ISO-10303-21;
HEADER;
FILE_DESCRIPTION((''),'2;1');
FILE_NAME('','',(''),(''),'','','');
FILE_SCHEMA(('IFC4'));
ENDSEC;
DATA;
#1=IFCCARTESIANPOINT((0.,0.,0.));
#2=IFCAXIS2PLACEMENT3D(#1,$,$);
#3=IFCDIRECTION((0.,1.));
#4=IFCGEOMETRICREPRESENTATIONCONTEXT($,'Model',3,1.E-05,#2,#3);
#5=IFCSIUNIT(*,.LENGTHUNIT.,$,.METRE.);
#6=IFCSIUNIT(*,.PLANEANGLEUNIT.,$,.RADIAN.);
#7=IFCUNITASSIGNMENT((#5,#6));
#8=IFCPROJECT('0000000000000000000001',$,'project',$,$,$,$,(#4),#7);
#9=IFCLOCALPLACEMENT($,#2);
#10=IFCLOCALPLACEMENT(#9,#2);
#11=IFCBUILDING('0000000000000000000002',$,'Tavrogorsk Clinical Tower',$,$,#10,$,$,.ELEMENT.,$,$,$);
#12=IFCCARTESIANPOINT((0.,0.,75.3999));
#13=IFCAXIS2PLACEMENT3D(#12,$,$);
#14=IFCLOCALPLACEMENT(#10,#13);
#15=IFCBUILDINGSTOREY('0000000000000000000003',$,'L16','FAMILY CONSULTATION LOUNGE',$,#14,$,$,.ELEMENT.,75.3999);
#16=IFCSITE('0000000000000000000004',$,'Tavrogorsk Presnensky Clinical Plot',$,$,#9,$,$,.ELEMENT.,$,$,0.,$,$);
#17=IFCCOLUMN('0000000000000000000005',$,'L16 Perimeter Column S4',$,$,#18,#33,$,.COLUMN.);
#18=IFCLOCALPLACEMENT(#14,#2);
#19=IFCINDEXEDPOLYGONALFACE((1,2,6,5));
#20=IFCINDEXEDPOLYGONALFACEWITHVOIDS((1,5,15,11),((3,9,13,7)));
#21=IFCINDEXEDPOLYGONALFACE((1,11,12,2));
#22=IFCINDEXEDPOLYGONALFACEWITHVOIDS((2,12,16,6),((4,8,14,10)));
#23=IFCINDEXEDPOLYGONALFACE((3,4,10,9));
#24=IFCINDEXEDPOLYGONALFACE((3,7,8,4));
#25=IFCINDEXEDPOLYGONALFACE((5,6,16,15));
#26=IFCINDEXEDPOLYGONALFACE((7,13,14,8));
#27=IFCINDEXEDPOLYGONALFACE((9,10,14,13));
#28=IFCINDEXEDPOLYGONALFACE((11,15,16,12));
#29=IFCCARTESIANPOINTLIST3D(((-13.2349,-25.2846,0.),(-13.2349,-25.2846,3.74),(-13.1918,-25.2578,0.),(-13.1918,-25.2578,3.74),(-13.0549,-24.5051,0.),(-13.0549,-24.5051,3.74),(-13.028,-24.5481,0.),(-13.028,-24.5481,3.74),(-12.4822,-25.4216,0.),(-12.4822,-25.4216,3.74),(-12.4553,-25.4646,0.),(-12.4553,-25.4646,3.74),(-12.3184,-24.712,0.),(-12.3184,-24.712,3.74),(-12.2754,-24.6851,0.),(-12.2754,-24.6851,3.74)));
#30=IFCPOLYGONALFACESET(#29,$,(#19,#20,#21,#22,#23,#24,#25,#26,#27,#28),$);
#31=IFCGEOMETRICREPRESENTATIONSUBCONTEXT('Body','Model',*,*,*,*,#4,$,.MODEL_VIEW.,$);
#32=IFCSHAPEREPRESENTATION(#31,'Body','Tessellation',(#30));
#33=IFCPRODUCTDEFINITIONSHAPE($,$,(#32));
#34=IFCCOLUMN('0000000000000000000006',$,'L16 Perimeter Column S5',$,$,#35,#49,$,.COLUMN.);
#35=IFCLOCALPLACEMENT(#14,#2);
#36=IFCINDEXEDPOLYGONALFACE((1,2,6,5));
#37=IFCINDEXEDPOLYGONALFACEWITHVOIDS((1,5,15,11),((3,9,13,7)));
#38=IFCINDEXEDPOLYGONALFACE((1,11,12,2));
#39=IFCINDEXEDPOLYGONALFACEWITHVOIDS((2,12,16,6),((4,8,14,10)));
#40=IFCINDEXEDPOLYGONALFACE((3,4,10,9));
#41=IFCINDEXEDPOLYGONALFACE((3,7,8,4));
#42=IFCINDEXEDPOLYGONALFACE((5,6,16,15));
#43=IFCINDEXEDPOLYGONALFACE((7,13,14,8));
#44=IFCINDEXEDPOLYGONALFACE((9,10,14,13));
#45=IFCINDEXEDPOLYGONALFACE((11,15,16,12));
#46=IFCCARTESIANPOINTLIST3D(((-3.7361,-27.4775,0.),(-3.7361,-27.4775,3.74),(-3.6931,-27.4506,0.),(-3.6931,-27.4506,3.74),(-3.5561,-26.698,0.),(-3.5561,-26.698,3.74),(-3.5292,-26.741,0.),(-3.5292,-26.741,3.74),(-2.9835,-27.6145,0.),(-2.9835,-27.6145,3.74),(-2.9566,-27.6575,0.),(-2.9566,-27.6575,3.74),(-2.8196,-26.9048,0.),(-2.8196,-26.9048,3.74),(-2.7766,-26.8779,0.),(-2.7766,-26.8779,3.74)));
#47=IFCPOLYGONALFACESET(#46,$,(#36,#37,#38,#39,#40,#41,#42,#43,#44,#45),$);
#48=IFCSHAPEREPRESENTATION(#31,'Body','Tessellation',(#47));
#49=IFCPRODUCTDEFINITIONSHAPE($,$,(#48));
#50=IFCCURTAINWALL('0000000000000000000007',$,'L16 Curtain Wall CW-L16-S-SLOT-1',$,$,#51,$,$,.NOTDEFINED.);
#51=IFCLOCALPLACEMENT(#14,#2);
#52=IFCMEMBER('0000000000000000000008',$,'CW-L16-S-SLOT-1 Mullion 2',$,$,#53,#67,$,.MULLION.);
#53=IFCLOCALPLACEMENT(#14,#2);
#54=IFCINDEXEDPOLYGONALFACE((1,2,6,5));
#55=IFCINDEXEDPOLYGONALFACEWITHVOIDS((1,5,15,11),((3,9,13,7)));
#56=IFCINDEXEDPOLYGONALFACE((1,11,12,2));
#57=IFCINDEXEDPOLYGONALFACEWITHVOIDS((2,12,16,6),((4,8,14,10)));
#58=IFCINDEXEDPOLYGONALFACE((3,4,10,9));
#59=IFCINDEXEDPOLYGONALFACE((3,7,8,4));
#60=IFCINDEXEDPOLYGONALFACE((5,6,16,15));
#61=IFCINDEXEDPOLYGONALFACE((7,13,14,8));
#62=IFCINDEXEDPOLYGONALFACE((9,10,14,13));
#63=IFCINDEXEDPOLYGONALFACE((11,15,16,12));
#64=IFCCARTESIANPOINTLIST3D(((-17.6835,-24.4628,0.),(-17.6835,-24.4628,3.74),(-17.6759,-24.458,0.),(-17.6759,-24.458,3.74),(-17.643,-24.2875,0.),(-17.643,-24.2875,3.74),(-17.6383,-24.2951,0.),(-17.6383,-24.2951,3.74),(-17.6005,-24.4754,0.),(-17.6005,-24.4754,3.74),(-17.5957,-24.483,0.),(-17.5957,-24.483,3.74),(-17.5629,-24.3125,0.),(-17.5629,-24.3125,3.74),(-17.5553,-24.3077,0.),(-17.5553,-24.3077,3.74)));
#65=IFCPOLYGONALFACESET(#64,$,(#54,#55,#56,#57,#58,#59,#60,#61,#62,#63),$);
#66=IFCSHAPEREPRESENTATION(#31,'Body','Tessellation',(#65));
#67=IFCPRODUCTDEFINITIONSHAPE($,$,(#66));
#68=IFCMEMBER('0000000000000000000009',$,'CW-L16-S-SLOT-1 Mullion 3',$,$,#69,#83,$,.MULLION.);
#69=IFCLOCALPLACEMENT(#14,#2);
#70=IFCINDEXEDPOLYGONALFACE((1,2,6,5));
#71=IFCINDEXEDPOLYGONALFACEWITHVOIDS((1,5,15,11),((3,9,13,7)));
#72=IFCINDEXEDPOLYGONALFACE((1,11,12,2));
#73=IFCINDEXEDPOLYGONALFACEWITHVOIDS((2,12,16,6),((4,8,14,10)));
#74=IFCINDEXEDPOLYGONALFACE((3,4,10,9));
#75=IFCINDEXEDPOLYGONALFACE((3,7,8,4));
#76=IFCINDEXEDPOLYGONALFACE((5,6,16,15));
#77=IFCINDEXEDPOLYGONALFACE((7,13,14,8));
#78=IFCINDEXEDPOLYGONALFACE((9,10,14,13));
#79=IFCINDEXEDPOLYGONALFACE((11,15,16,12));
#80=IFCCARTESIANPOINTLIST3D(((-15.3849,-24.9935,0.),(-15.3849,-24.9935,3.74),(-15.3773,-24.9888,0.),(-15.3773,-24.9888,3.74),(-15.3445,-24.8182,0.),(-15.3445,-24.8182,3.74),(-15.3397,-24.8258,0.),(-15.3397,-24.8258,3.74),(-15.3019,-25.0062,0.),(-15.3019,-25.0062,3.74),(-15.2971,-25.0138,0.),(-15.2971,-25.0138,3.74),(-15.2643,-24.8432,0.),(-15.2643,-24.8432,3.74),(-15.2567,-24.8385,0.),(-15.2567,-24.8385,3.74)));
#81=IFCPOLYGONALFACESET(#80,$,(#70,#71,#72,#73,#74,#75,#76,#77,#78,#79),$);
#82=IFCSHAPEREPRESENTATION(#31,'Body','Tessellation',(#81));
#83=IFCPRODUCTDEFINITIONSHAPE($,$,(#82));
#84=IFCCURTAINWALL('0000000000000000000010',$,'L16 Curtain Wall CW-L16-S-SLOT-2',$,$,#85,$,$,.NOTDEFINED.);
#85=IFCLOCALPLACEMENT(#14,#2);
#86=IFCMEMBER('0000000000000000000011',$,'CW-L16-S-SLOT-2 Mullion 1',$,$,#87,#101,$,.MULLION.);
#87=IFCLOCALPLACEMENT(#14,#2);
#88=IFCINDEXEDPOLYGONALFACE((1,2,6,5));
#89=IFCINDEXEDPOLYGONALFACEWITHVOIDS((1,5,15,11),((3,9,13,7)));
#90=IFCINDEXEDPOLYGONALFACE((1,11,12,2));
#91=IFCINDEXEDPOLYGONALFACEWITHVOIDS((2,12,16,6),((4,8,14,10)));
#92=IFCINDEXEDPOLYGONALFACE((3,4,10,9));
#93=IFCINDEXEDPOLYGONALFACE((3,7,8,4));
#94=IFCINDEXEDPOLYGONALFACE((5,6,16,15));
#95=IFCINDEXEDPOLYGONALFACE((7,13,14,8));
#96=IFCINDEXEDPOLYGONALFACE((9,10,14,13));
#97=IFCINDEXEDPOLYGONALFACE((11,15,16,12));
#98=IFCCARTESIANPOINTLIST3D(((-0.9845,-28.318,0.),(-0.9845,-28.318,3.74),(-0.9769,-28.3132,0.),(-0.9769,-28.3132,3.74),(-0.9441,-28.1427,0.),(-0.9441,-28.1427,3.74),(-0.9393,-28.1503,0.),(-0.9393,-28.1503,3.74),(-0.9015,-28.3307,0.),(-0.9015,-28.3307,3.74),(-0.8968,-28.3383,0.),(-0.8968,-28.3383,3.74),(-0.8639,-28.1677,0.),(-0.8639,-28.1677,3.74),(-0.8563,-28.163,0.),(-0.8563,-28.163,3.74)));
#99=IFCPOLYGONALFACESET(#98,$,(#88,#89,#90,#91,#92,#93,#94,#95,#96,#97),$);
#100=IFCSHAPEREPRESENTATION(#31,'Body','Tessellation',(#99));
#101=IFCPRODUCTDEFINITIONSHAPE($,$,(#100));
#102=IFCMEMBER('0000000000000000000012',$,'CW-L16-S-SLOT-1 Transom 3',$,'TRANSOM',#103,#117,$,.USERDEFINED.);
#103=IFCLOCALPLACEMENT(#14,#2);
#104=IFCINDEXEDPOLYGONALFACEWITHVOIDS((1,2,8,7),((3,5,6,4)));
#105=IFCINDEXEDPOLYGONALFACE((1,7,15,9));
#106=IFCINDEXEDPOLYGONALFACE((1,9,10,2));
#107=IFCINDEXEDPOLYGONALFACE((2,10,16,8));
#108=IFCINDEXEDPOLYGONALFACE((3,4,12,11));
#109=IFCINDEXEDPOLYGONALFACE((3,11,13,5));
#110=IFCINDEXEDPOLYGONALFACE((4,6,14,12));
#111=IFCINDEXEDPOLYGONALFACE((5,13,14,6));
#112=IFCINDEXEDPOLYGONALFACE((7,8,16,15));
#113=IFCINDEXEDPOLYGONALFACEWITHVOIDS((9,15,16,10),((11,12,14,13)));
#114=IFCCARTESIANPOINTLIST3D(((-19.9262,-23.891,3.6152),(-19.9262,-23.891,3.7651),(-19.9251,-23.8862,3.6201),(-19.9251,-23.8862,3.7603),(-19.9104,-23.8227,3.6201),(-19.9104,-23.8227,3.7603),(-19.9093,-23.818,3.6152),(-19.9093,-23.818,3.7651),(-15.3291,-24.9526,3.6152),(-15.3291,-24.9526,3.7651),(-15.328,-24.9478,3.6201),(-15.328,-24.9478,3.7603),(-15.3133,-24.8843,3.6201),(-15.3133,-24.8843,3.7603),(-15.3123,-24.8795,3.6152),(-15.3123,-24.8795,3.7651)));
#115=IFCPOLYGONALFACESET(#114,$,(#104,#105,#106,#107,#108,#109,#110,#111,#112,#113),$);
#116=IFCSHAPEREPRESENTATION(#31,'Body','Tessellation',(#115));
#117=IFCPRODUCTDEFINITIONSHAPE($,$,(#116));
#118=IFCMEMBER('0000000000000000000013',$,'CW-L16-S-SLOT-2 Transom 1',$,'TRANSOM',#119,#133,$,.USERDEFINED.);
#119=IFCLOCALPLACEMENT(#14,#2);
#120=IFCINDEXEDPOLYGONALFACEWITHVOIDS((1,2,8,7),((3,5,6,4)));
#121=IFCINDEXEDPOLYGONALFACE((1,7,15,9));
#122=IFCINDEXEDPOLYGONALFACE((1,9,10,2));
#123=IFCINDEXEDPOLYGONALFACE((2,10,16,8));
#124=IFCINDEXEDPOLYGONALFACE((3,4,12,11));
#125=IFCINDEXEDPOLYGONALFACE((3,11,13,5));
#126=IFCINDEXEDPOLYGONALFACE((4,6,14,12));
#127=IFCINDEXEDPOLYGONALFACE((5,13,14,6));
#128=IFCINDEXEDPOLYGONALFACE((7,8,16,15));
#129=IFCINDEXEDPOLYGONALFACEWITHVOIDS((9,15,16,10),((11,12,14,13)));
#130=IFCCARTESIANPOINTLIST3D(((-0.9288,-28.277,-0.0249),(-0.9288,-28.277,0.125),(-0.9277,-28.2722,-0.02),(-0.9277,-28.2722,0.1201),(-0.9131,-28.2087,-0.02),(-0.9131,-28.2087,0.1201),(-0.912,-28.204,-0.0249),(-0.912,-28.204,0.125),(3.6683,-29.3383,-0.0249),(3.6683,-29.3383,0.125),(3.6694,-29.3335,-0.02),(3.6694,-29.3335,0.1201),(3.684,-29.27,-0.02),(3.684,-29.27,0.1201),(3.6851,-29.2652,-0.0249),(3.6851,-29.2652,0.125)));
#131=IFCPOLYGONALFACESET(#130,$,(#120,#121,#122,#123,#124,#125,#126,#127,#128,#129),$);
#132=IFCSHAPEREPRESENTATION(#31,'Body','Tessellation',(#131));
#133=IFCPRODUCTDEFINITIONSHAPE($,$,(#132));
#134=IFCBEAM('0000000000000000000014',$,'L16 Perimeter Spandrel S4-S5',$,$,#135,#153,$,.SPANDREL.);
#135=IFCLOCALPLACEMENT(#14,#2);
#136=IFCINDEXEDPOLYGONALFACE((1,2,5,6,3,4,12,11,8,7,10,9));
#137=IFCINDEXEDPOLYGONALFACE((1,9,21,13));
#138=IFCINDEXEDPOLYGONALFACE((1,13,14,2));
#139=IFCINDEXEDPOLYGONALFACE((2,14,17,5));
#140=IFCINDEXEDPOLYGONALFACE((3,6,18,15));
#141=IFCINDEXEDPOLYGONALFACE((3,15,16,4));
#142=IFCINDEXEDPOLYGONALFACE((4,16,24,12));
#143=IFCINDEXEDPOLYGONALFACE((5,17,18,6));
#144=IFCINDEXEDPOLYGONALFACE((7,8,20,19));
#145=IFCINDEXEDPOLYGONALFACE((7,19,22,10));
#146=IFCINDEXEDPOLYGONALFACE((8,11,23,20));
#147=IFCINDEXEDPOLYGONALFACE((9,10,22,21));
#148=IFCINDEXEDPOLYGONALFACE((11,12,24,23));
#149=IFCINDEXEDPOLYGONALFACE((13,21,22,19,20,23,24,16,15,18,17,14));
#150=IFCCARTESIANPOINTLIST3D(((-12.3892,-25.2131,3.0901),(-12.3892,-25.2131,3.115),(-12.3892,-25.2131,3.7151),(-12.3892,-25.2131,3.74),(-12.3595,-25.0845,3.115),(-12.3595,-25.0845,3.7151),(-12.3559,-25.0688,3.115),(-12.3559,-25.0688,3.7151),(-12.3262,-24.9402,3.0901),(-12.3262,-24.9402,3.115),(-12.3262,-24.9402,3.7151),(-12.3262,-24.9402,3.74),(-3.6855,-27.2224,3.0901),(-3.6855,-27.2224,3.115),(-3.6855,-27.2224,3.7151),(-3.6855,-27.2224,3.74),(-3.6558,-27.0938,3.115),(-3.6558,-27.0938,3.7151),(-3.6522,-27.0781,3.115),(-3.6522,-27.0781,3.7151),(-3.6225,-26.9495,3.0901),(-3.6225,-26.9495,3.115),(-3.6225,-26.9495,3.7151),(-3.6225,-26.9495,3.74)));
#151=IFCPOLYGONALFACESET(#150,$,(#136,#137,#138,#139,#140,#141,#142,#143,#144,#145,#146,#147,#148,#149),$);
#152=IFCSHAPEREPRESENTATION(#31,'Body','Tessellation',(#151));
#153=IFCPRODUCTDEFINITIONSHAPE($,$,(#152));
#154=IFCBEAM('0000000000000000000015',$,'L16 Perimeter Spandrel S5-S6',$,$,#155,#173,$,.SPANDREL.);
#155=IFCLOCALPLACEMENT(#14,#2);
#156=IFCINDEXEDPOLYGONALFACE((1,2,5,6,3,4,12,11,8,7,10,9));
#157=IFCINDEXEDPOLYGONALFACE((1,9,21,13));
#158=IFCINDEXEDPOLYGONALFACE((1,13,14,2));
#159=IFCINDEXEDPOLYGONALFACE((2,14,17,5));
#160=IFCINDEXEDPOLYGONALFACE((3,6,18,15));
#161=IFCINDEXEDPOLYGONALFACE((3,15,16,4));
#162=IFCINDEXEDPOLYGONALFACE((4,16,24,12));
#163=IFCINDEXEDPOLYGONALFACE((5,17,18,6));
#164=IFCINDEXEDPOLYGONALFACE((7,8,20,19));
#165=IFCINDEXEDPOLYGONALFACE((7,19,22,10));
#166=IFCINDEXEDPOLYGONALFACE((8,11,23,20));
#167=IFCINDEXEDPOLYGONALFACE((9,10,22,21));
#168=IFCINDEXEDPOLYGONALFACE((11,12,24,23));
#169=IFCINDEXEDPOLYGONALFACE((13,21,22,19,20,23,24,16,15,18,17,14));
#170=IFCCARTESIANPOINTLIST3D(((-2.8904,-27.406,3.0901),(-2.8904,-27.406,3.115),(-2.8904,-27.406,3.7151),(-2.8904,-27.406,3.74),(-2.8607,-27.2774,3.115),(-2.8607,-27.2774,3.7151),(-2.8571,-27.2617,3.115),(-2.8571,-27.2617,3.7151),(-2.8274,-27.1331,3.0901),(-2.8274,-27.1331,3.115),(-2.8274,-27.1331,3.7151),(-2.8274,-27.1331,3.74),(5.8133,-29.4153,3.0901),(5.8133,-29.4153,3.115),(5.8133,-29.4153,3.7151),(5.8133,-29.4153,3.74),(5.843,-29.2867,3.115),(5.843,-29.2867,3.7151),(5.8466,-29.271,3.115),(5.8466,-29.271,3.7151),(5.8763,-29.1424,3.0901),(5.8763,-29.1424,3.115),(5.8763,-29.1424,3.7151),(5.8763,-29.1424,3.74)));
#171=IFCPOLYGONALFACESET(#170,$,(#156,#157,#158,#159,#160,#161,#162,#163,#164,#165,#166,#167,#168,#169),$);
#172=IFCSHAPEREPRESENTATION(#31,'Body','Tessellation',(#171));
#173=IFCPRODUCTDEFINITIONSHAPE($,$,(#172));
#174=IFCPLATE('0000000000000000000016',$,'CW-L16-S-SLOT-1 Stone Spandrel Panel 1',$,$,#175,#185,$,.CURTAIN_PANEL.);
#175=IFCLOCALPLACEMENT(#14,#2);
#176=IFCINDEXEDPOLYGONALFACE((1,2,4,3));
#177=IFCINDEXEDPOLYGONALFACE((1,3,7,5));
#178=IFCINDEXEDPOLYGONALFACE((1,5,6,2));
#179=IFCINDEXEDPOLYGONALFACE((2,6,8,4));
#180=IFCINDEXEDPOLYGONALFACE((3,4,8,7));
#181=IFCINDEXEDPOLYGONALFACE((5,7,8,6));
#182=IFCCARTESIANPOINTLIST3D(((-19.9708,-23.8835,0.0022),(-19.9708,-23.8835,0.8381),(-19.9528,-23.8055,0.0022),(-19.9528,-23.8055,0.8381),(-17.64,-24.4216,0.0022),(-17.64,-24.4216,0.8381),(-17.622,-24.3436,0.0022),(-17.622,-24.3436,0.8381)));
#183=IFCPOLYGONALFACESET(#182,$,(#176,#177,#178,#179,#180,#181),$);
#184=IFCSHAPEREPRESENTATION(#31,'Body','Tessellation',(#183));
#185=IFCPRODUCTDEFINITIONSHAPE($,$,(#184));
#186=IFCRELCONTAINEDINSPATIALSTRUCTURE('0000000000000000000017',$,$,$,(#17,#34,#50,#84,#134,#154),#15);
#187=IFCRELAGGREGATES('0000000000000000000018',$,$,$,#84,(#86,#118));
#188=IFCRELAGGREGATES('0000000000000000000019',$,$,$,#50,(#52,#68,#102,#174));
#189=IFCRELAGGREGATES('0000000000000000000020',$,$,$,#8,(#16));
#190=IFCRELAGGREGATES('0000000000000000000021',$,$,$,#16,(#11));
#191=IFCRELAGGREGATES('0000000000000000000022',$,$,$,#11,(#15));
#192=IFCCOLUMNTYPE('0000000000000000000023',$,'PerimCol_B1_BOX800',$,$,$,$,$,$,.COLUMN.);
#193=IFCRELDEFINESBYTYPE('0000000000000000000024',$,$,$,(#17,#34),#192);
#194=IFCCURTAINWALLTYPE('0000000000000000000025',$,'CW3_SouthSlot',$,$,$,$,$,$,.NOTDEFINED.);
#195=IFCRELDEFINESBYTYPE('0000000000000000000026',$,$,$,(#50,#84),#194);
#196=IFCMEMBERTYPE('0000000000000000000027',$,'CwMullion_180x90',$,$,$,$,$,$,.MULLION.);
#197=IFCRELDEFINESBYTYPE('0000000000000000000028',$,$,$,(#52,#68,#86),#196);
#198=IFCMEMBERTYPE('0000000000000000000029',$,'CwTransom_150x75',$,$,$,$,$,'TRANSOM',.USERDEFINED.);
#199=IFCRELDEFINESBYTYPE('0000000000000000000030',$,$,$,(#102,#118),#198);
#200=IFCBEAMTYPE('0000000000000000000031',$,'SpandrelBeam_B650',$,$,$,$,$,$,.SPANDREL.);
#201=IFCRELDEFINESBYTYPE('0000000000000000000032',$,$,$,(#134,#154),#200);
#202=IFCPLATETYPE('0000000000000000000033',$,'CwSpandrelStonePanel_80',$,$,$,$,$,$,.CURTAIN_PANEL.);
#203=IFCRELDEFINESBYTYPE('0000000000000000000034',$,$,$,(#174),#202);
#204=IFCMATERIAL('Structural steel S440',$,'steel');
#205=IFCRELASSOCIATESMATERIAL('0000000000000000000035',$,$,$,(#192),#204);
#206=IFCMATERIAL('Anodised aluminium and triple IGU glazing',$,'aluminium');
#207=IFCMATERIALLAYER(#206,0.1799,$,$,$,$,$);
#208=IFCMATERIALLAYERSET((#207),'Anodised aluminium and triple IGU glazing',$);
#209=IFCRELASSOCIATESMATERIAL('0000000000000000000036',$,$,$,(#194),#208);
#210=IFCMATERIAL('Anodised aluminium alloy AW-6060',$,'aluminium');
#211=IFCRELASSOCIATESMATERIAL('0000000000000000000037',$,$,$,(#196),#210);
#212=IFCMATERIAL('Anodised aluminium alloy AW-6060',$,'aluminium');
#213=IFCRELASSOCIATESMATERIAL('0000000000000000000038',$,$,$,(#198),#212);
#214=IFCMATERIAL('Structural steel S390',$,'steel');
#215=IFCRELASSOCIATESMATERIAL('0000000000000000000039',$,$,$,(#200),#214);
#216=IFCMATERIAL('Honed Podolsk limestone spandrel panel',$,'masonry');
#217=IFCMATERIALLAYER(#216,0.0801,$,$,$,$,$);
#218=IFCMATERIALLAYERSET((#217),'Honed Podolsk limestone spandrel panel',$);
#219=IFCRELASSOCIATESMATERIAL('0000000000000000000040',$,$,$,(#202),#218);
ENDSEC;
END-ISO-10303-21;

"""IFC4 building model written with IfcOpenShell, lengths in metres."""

from ifc_helpers import new_model, si_unit, direction, frame, origin, origin_2d, place, context, subcontext, project, spatial, rectangle, hollow_rectangle, i_section, extrude, material, layer, layer_set, material_profile, profile_set, type_object, element, aggregate, save


model = new_model("IFC4")

# Units and contexts
model_context = context("Model", 3, precision=1e-05, world=origin(), true_north=direction((0.0, 1.0)))
body_context = subcontext(model_context, "Body", "Model", "MODEL_VIEW")
ifc_project = project(units=[si_unit("LENGTHUNIT", "METRE"), si_unit("PLANEANGLEUNIT", "RADIAN")], contexts=[model_context])

# Site, building, storey
site_placement = place(None, origin())
site = spatial("IfcSite", under=ifc_project, at=site_placement, Name="Tavrogorsk Presnensky Clinical Plot", CompositionType="ELEMENT", RefElevation=0.0)
building_placement = place(site_placement, origin())
building = spatial("IfcBuilding", under=site, at=building_placement, Name="Tavrogorsk Clinical Tower", CompositionType="ELEMENT")
storey_placement = place(building_placement, frame((0.0, 0.0, 75.3999)))
storey = spatial("IfcBuildingStorey", under=building, at=storey_placement, Name="L16", Description="FAMILY CONSULTATION LOUNGE", CompositionType="ELEMENT", Elevation=75.3999)

# Columns
ifc_material_1 = material(Name="Structural steel S440", Category="steel")
ifc_material_profile_1 = material_profile(ifc_material_1, hollow_rectangle(XDim=0.8, YDim=0.8, WallThickness=0.0359, at=origin_2d()), Name="BOX-800x800x36")
ifc_profile_set_1 = profile_set([ifc_material_profile_1], Name="Structural steel S440")
column_type = type_object("IfcColumnType", Name="PerimCol_B1_BOX800", PredefinedType="COLUMN", material=ifc_profile_set_1)
for number, where, z_axis, x_axis, name in (
    (1, (-12.7551, -24.9849, 0.0), (0.0, 0.0, 1.0), (0.97437, -0.224951, 0.0), "L16 Perimeter Column S4"),
    (2, (-3.2563, -27.1777, 0.0), (0.0, 0.0, 1.0), (0.97437, -0.224951, 0.0), "L16 Perimeter Column S5"),
):
    element("IfcColumn", number, at=place(storey_placement, frame(where, z_axis=z_axis, x_axis=x_axis)), inside=storey, type_object=column_type, Name=name, PredefinedType="COLUMN", context=body_context, shape_type="SweptSolid", body=[
        extrude(hollow_rectangle(XDim=0.8, YDim=0.8, WallThickness=0.0359, at=origin_2d()), origin(), (0.0, 0.0, 1.0), 3.74),
    ])

# Curtain wall, members
ifc_material_2 = material(Name="Anodised aluminium and triple IGU glazing", Category="aluminium")
ifc_layer_1 = layer(ifc_material_2, 0.1799)
ifc_layer_set_1 = layer_set([ifc_layer_1], Name="Anodised aluminium and triple IGU glazing")
curtain_wall_type = type_object("IfcCurtainWallType", Name="CW3_SouthSlot", PredefinedType="NOTDEFINED", material=ifc_layer_set_1)
curtain_wall_1_placement = place(storey_placement, origin())
curtain_wall_1 = element("IfcCurtainWall", 3, at=curtain_wall_1_placement, inside=storey, type_object=curtain_wall_type, Name="L16 Curtain Wall CW-L16-S-SLOT-1", PredefinedType="NOTDEFINED")
ifc_material_3 = material(Name="Anodised aluminium alloy AW-6060", Category="aluminium")
ifc_material_profile_2 = material_profile(ifc_material_3, hollow_rectangle(XDim=0.0901, YDim=0.1799, WallThickness=0.0063, at=origin_2d()), Name="RHS-180x90x6.3")
ifc_profile_set_2 = profile_set([ifc_material_profile_2], Name="Anodised aluminium alloy AW-6060")
member_type_1 = type_object("IfcMemberType", Name="CwMullion_180x90", PredefinedType="MULLION", material=ifc_profile_set_2)
member_1_placement = place(storey_placement, frame((-17.6194, -24.3853, 0.0), z_axis=(0.0, 0.0, 1.0), x_axis=(0.97437, -0.224951, 0.0)))
member_1 = element("IfcMember", 4, at=member_1_placement, type_object=member_type_1, Name="CW-L16-S-SLOT-1 Mullion 2", PredefinedType="MULLION", context=body_context, shape_type="SweptSolid", body=[
    extrude(hollow_rectangle(XDim=0.0901, YDim=0.1799, WallThickness=0.0063, at=origin_2d()), origin(), (0.0, 0.0, 1.0), 3.74),
])
member_2_placement = place(storey_placement, frame((-15.3208, -24.916, 0.0), z_axis=(0.0, 0.0, 1.0), x_axis=(0.97437, -0.224951, 0.0)))
member_2 = element("IfcMember", 5, at=member_2_placement, type_object=member_type_1, Name="CW-L16-S-SLOT-1 Mullion 3", PredefinedType="MULLION", context=body_context, shape_type="SweptSolid", body=[
    extrude(hollow_rectangle(XDim=0.0901, YDim=0.1799, WallThickness=0.0063, at=origin_2d()), origin(), (0.0, 0.0, 1.0), 3.74),
])

# Curtain wall, member
curtain_wall_2_placement = place(storey_placement, origin())
curtain_wall_2 = element("IfcCurtainWall", 6, at=curtain_wall_2_placement, inside=storey, type_object=curtain_wall_type, Name="L16 Curtain Wall CW-L16-S-SLOT-2", PredefinedType="NOTDEFINED")
member_3_placement = place(storey_placement, frame((-0.9204, -28.2405, 0.0), z_axis=(0.0, 0.0, 1.0), x_axis=(0.97437, -0.224951, 0.0)))
member_3 = element("IfcMember", 7, at=member_3_placement, type_object=member_type_1, Name="CW-L16-S-SLOT-2 Mullion 1", PredefinedType="MULLION", context=body_context, shape_type="SweptSolid", body=[
    extrude(hollow_rectangle(XDim=0.0901, YDim=0.1799, WallThickness=0.0063, at=origin_2d()), origin(), (0.0, 0.0, 1.0), 3.74),
])

# Members
ifc_material_4 = material(Name="Anodised aluminium alloy AW-6060", Category="aluminium")
ifc_material_profile_3 = material_profile(ifc_material_4, hollow_rectangle(XDim=0.075, YDim=0.1499, WallThickness=0.0049, at=origin_2d()), Name="RHS-150x75x5")
ifc_profile_set_3 = profile_set([ifc_material_profile_3], Name="Anodised aluminium alloy AW-6060")
member_type_2 = type_object("IfcMemberType", Name="CwTransom_150x75", ElementType="TRANSOM", PredefinedType="USERDEFINED", material=ifc_profile_set_3)
member_4_placement = place(storey_placement, frame((-19.9177, -23.8545, 3.6902), z_axis=(0.974359, -0.224999, 0.0), x_axis=(0.224999, 0.974359, 0.0)))
member_4 = element("IfcMember", 8, at=member_4_placement, type_object=member_type_2, Name="CW-L16-S-SLOT-1 Transom 3", ObjectType="TRANSOM", PredefinedType="USERDEFINED", context=body_context, shape_type="SweptSolid", body=[
    extrude(hollow_rectangle(XDim=0.075, YDim=0.1499, WallThickness=0.0049, at=origin_2d()), origin(), (0.0, 0.0, 1.0), 4.718),
])
member_5_placement = place(storey_placement, frame((-0.9204, -28.2405, 0.05), z_axis=(0.974373, -0.224939, 0.0), x_axis=(0.224939, 0.974373, 0.0)))
member_5 = element("IfcMember", 9, at=member_5_placement, type_object=member_type_2, Name="CW-L16-S-SLOT-2 Transom 1", ObjectType="TRANSOM", PredefinedType="USERDEFINED", context=body_context, shape_type="SweptSolid", body=[
    extrude(hollow_rectangle(XDim=0.075, YDim=0.1499, WallThickness=0.0049, at=origin_2d()), origin(), (0.0, 0.0, 1.0), 4.718),
])
aggregate(curtain_wall_2, [member_3, member_5])

# Beams
ifc_material_5 = material(Name="Structural steel S390", Category="steel")
ifc_material_profile_4 = material_profile(ifc_material_5, i_section(OverallWidth=0.28, OverallDepth=0.6499, WebThickness=0.0161, FlangeThickness=0.0249, at=origin_2d()), Name="B-650x280x16x25")
ifc_profile_set_4 = profile_set([ifc_material_profile_4], Name="Structural steel S390")
beam_type = type_object("IfcBeamType", Name="SpandrelBeam_B650", PredefinedType="SPANDREL", material=ifc_profile_set_4)
for number, where, z_axis, x_axis, name in (
    (10, (-12.3577, -25.0767, 3.415), (0.974373, -0.224939, 0.0), (0.224939, 0.974373, 0.0), "L16 Perimeter Spandrel S4-S5"),
    (11, (-2.8589, -27.2695, 3.415), (0.974373, -0.224939, 0.0), (0.224939, 0.974373, 0.0), "L16 Perimeter Spandrel S5-S6"),
):
    element("IfcBeam", number, at=place(storey_placement, frame(where, z_axis=z_axis, x_axis=x_axis)), inside=storey, type_object=beam_type, Name=name, PredefinedType="SPANDREL", context=body_context, shape_type="SweptSolid", body=[
        extrude(i_section(OverallWidth=0.28, OverallDepth=0.6499, WebThickness=0.0161, FlangeThickness=0.0249, at=origin_2d()), origin(), (0.0, 0.0, 1.0), 8.9326),
    ])

# Plate
ifc_material_6 = material(Name="Honed Podolsk limestone spandrel panel", Category="masonry")
ifc_layer_2 = layer(ifc_material_6, 0.0801)
ifc_layer_set_2 = layer_set([ifc_layer_2], Name="Honed Podolsk limestone spandrel panel")
plate_type_1 = type_object("IfcPlateType", Name="CwSpandrelStonePanel_80", PredefinedType="CURTAIN_PANEL", material=ifc_layer_set_2)
plate_1_placement = place(storey_placement, frame((-18.7964, -24.1135, 0.0022), z_axis=(0.0, 0.0, 1.0), x_axis=(0.97437, -0.224951, 0.0)))
plate_1 = element("IfcPlate", 12, at=plate_1_placement, type_object=plate_type_1, Name="CW-L16-S-SLOT-1 Stone Spandrel Panel 1", PredefinedType="CURTAIN_PANEL", context=body_context, shape_type="SweptSolid", body=[
    extrude(rectangle(XDim=2.3921, YDim=0.0801, at=origin_2d()), origin(), (0.0, 0.0, 1.0), 0.8359),
])
aggregate(curtain_wall_1, [member_1, member_2, member_4, plate_1])

save(model, "model.ifc")
